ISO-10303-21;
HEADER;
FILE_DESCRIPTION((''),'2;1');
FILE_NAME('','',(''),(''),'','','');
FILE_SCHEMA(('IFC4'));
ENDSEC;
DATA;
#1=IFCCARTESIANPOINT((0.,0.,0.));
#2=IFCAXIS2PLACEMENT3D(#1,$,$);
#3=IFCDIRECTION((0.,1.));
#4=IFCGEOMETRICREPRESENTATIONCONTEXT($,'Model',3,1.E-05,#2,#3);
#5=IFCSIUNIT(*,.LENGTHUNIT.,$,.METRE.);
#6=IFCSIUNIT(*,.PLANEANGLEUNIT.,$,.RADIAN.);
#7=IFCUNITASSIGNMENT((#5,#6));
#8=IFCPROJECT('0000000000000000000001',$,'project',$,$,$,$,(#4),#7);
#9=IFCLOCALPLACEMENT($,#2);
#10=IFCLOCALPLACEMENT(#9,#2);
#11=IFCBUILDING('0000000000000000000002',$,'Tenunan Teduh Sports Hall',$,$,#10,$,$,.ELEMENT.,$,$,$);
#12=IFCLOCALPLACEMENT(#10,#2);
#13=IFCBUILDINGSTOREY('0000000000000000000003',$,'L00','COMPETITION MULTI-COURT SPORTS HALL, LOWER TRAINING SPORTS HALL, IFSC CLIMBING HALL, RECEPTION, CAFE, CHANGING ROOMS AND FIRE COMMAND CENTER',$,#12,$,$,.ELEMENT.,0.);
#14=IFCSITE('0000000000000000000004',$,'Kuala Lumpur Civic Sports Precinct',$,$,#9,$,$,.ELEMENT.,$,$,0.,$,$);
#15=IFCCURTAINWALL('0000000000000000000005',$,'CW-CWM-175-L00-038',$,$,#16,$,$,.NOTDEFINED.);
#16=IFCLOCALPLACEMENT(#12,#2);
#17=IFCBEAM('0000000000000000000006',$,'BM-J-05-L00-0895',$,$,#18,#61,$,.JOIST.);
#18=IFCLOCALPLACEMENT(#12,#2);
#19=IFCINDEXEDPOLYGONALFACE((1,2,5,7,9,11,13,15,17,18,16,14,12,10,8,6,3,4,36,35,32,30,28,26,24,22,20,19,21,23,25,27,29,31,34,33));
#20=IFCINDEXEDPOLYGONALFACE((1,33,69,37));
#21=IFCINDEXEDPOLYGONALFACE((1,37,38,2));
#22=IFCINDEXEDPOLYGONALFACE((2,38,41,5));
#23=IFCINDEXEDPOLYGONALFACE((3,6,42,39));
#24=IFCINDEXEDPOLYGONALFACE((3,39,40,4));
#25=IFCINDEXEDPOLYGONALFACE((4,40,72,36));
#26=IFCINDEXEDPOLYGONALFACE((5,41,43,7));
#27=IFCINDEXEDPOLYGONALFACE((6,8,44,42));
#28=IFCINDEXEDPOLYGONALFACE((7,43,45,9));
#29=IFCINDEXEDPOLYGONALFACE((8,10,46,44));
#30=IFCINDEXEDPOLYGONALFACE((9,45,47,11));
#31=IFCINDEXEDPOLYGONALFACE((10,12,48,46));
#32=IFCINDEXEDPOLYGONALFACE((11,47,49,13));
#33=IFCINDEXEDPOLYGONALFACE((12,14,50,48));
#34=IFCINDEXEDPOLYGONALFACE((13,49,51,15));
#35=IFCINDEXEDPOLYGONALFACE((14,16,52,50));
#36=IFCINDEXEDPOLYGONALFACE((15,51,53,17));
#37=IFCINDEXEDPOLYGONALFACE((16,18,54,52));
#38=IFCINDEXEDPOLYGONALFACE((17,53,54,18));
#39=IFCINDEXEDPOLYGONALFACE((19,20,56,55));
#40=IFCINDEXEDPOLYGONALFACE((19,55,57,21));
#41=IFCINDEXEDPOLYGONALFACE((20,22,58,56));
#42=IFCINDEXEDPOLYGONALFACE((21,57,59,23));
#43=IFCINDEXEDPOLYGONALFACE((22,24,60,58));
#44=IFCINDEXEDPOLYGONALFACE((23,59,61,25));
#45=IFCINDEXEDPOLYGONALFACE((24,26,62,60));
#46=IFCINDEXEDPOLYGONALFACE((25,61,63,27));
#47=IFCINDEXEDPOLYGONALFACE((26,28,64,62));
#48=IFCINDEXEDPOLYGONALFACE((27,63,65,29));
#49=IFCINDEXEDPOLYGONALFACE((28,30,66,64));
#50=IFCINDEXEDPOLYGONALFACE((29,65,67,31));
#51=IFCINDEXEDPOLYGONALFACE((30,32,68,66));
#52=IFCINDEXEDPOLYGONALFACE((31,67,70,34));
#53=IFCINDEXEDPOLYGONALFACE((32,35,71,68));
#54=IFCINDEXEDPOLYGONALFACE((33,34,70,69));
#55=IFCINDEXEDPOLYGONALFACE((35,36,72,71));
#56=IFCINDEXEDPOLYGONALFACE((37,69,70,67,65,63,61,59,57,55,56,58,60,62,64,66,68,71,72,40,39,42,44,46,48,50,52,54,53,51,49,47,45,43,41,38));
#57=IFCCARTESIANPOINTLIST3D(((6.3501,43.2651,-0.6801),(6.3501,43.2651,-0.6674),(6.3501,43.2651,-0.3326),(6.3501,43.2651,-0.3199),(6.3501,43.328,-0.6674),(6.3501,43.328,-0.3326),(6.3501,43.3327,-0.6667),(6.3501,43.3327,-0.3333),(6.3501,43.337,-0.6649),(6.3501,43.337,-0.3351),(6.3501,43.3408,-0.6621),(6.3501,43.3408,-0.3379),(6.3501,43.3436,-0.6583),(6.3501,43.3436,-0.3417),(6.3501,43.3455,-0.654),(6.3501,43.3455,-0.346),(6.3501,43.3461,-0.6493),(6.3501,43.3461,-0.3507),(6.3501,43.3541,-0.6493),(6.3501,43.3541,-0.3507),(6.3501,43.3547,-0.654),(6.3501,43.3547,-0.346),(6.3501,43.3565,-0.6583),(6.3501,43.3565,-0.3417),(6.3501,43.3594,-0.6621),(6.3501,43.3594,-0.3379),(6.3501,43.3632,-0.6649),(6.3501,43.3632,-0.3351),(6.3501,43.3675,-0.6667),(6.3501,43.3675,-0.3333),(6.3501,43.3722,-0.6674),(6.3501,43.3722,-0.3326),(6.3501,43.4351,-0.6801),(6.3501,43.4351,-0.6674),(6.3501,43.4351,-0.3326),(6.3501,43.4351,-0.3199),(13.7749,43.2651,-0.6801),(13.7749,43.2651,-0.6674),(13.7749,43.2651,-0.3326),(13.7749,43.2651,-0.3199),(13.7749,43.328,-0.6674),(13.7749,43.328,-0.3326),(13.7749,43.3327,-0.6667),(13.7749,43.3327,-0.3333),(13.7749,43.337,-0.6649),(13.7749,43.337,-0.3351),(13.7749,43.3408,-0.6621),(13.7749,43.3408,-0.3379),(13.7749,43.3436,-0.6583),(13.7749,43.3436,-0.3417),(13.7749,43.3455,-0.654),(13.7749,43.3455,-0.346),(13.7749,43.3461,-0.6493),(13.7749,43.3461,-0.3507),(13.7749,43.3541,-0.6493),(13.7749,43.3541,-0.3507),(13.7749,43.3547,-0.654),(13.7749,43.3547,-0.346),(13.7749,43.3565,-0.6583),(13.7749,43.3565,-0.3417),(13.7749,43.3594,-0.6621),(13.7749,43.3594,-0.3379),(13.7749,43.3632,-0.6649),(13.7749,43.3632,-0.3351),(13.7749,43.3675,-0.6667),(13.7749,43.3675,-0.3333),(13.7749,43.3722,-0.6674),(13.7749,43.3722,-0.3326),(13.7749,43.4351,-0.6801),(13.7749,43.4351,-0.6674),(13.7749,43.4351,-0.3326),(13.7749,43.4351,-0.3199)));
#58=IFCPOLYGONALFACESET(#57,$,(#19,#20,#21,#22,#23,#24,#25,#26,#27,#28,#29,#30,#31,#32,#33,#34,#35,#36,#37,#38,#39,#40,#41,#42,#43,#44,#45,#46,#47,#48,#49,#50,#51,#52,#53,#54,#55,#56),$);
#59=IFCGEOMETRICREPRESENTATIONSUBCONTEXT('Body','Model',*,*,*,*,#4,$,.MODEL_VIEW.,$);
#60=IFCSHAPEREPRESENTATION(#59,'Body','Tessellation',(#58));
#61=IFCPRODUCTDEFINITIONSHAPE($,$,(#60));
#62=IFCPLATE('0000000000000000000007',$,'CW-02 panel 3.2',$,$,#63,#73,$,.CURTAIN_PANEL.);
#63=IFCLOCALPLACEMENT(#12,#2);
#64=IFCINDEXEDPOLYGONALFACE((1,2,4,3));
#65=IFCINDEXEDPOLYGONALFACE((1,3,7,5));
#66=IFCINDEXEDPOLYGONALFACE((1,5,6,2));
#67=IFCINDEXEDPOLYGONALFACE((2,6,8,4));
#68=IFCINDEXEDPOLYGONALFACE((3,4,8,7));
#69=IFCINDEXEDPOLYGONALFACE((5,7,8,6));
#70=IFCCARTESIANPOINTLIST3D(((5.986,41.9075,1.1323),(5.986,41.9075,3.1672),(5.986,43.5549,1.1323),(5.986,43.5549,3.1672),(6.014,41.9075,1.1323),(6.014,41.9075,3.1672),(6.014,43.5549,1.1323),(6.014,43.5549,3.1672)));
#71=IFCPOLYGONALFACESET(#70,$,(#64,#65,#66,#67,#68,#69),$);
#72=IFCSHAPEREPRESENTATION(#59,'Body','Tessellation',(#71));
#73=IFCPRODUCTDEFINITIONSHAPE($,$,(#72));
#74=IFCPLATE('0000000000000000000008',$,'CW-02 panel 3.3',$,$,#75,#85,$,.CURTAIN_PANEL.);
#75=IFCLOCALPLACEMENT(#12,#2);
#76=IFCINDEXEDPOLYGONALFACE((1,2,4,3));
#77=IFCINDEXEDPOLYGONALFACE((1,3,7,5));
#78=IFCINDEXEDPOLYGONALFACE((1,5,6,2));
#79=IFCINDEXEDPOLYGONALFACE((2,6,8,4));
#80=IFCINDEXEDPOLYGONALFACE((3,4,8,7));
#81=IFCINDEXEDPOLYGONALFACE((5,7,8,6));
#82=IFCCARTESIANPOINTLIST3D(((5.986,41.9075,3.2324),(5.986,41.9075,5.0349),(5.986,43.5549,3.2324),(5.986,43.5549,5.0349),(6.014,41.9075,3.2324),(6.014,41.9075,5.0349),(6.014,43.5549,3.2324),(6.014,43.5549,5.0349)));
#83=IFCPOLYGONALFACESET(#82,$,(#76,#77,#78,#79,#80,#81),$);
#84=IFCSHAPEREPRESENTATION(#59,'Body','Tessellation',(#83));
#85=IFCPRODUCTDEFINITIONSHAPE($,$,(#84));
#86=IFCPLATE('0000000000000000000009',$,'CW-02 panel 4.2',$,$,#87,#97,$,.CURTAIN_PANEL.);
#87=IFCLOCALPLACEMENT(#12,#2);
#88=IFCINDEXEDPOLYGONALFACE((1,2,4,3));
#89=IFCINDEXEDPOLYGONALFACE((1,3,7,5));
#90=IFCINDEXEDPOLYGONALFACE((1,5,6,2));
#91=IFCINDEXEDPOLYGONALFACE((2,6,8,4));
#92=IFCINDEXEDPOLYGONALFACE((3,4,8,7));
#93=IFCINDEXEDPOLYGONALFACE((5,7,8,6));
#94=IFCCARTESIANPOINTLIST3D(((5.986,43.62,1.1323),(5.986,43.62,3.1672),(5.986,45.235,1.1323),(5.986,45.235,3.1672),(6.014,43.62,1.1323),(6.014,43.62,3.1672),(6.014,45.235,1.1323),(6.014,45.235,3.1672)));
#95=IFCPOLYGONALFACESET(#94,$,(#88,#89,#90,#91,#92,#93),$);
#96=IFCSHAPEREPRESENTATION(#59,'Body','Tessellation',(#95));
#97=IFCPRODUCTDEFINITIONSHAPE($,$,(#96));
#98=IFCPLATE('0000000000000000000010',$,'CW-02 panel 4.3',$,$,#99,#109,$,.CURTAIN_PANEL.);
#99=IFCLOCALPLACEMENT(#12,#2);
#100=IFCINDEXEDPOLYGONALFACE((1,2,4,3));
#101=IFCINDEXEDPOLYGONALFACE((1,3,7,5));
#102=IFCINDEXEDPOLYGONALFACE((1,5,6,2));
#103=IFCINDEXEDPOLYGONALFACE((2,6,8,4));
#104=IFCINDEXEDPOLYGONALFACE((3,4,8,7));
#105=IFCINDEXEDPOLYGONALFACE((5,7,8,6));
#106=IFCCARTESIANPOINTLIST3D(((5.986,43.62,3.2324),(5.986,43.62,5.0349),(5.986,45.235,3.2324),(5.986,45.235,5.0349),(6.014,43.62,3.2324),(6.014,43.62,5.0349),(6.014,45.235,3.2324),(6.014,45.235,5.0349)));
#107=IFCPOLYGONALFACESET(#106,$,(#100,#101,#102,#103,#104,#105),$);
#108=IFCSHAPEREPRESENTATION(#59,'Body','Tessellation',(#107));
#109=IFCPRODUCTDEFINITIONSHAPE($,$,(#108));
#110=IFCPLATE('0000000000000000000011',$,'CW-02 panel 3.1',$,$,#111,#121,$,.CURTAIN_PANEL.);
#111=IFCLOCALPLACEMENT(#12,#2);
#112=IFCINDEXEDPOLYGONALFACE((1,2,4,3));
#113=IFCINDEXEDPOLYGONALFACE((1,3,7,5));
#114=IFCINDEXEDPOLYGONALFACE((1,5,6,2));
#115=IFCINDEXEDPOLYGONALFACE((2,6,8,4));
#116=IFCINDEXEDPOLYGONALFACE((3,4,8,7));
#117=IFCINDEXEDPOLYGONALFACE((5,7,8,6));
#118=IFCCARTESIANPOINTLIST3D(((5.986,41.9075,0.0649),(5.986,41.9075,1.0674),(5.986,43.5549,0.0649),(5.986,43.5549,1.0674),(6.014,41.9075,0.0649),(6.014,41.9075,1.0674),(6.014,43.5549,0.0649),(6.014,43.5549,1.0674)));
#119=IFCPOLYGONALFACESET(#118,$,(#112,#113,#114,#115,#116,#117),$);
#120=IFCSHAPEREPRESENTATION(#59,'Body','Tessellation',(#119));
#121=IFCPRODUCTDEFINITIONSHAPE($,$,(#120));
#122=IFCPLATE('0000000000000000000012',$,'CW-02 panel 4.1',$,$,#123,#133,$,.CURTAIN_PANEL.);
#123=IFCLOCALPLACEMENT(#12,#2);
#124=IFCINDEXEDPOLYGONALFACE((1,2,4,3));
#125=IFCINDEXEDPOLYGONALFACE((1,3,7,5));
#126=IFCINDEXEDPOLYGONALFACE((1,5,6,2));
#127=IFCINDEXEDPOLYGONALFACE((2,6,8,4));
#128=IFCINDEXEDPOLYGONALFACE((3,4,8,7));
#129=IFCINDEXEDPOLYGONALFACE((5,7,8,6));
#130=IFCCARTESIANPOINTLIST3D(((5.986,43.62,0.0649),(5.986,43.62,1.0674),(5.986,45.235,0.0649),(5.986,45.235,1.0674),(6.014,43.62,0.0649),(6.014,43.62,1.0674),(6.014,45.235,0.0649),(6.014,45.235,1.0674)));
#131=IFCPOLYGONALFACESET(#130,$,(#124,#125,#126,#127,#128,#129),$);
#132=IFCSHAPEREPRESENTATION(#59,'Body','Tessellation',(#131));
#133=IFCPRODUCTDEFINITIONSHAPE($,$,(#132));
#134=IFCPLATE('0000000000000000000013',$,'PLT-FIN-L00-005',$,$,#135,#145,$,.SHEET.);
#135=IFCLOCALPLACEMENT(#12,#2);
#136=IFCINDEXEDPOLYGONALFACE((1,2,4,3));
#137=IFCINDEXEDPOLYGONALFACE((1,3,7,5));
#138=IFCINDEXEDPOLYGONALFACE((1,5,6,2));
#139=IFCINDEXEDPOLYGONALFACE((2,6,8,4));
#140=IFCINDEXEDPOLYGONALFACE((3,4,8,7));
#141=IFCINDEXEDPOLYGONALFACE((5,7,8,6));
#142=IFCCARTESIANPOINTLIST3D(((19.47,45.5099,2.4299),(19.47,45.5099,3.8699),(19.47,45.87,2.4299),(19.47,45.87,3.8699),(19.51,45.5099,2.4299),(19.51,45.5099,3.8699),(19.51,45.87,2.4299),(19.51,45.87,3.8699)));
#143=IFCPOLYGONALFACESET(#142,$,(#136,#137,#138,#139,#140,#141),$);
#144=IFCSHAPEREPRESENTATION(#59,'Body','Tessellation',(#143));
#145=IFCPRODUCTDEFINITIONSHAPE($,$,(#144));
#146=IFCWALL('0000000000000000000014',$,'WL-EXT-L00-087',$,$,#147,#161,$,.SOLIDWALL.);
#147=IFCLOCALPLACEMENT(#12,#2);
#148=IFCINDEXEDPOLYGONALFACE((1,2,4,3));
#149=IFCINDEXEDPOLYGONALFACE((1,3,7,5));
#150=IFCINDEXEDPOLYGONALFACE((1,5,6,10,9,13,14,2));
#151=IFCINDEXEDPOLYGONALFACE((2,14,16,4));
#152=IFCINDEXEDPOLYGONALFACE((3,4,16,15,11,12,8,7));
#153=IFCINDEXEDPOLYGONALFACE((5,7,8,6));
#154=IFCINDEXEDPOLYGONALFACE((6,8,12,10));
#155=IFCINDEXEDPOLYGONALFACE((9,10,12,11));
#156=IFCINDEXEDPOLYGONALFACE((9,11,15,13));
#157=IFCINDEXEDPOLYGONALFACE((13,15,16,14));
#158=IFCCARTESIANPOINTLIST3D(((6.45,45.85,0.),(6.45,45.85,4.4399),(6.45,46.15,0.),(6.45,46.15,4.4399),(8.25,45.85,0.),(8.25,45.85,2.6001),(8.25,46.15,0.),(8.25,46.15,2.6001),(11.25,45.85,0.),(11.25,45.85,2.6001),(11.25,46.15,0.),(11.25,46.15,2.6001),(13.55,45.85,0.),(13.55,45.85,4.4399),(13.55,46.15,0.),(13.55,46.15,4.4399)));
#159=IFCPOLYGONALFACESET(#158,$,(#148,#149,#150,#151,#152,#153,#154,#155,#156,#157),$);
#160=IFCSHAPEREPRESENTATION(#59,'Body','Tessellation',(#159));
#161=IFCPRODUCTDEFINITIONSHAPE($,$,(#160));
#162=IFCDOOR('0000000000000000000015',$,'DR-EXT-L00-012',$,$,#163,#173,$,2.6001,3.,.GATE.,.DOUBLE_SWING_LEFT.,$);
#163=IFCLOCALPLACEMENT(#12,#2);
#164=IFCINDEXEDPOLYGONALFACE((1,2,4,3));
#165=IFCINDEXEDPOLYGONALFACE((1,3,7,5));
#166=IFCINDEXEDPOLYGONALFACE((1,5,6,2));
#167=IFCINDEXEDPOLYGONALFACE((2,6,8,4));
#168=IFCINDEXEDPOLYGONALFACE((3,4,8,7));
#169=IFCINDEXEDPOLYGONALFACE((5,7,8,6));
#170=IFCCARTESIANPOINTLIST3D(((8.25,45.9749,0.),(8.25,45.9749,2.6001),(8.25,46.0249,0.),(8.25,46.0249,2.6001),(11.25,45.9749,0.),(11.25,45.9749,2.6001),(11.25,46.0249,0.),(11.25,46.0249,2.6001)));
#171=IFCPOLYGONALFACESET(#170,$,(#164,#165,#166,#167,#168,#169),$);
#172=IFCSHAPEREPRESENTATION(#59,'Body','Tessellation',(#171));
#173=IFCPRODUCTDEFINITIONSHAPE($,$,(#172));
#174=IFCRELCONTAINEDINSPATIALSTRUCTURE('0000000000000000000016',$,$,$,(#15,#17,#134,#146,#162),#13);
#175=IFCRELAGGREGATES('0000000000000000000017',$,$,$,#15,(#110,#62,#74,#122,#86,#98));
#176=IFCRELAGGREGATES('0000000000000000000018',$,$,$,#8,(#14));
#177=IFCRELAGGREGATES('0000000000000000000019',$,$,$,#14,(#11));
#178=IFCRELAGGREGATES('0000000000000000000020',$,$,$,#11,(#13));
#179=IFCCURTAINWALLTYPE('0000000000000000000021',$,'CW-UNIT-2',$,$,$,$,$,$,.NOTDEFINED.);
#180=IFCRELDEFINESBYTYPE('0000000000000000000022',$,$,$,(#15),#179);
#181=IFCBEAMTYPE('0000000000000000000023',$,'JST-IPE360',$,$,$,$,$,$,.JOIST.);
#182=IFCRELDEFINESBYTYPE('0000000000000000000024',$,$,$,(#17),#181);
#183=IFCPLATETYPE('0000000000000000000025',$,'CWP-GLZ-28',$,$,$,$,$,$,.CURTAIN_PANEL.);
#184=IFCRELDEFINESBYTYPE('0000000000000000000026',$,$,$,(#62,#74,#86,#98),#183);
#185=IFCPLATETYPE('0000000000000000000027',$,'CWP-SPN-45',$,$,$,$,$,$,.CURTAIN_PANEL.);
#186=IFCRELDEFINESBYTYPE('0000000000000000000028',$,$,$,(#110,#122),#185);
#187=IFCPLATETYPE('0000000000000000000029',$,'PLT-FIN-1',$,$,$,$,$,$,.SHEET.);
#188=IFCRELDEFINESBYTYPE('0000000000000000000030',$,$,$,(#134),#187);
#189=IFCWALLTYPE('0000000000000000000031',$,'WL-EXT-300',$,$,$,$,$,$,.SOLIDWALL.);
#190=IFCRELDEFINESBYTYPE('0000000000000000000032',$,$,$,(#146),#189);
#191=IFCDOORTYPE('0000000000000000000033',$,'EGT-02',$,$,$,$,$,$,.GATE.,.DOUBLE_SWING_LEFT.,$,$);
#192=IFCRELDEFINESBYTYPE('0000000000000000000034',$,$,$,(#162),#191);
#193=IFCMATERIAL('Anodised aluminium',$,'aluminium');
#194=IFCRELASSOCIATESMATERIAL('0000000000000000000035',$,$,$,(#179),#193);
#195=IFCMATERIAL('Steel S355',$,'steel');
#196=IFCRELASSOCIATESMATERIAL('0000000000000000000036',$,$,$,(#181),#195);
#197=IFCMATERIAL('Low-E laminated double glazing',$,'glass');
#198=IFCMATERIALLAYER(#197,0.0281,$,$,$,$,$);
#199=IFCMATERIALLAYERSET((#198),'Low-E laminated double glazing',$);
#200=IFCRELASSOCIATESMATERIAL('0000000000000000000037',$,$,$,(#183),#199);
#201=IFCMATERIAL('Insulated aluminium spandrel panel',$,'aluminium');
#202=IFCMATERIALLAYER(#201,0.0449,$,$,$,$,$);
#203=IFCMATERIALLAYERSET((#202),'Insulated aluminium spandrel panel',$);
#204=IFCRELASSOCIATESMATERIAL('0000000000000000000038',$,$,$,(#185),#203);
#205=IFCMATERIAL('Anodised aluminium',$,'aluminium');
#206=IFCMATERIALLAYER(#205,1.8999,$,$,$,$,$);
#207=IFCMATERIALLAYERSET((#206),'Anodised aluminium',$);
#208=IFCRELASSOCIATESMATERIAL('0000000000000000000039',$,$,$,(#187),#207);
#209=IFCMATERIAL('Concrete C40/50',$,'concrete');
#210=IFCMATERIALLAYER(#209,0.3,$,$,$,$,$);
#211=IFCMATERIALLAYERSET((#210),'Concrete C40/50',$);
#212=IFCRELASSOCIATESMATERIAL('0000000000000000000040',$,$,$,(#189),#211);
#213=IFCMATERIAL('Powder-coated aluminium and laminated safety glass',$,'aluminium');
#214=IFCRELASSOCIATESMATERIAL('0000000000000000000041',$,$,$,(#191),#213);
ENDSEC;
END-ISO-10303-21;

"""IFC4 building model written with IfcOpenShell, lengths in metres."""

from ifc_helpers import new_model, si_unit, direction, frame, frame_2d, origin, origin_2d, place, context, subcontext, project, spatial, rectangle, i_section, extrude, material, layer, layer_set, material_profile, profile_set, type_object, element, fill, aggregate, save


model = new_model("IFC4")

# Units and contexts
model_context = context("Model", 3, precision=1e-05, world=origin(), true_north=direction((0.0, 1.0)))
body_context = subcontext(model_context, "Body", "Model", "MODEL_VIEW")
ifc_project = project(units=[si_unit("LENGTHUNIT", "METRE"), si_unit("PLANEANGLEUNIT", "RADIAN")], contexts=[model_context])

# Site, building, storey
site_placement = place(None, origin())
site = spatial("IfcSite", under=ifc_project, at=site_placement, Name="Kuala Lumpur Civic Sports Precinct", CompositionType="ELEMENT", RefElevation=0.0)
building_placement = place(site_placement, origin())
building = spatial("IfcBuilding", under=site, at=building_placement, Name="Tenunan Teduh Sports Hall", CompositionType="ELEMENT")
storey_placement = place(building_placement, origin())
storey = spatial("IfcBuildingStorey", under=building, at=storey_placement, Name="L00", Description="COMPETITION MULTI-COURT SPORTS HALL, LOWER TRAINING SPORTS HALL, IFSC CLIMBING HALL, RECEPTION, CAFE, CHANGING ROOMS AND FIRE COMMAND CENTER", CompositionType="ELEMENT", Elevation=0.0)

# Curtain wall
ifc_material_1 = material(Name="Anodised aluminium", Category="aluminium")
curtain_wall_type = type_object("IfcCurtainWallType", Name="CW-UNIT-2", PredefinedType="NOTDEFINED", material=ifc_material_1)
curtain_wall_placement = place(storey_placement, origin())
curtain_wall = element("IfcCurtainWall", 1, at=curtain_wall_placement, inside=storey, type_object=curtain_wall_type, Name="CW-CWM-175-L00-038", PredefinedType="NOTDEFINED")

# Beam
ifc_material_2 = material(Name="Steel S355", Category="steel")
ifc_material_profile_1 = material_profile(ifc_material_2, i_section(OverallWidth=0.1699, OverallDepth=0.3601, WebThickness=0.0081, FlangeThickness=0.0127, FilletRadius=0.0181, at=origin_2d()), Name="IPE 360")
ifc_profile_set_1 = profile_set([ifc_material_profile_1], Name="Steel S355")
beam_type_1 = type_object("IfcBeamType", Name="JST-IPE360", PredefinedType="JOIST", material=ifc_profile_set_1)
beam_1_placement = place(storey_placement, frame((6.3501, 43.3501, -0.5), z_axis=(1.0, 0.0, 0.0), x_axis=(0.0, 1.0, 0.0)))
element("IfcBeam", 2, at=beam_1_placement, inside=storey, type_object=beam_type_1, Name="BM-J-05-L00-0895", PredefinedType="JOIST", context=body_context, shape_type="SweptSolid", body=[
    extrude(i_section(OverallWidth=0.1699, OverallDepth=0.3601, WebThickness=0.0081, FlangeThickness=0.0127, FilletRadius=0.0181, at=origin_2d()), origin(), (0.0, 0.0, 1.0), 7.4248),
])

# Plates
ifc_material_3 = material(Name="Low-E laminated double glazing", Category="glass")
ifc_layer_1 = layer(ifc_material_3, 0.0281)
ifc_layer_set_1 = layer_set([ifc_layer_1], Name="Low-E laminated double glazing")
plate_type_1 = type_object("IfcPlateType", Name="CWP-GLZ-28", PredefinedType="CURTAIN_PANEL", material=ifc_layer_set_1)
plate_1_placement = place(storey_placement, frame((6.0, 42.7312, 1.1323), z_axis=(0.0, 0.0, 1.0), x_axis=(0.0, 1.0, 0.0)))
plate_1 = element("IfcPlate", 3, at=plate_1_placement, type_object=plate_type_1, Name="CW-02 panel 3.2", PredefinedType="CURTAIN_PANEL", context=body_context, shape_type="SweptSolid", body=[
    extrude(rectangle(XDim=1.6475, YDim=0.0281, at=origin_2d()), origin(), (0.0, 0.0, 1.0), 2.0349),
])
plate_2_placement = place(storey_placement, frame((6.0, 42.7312, 3.2324), z_axis=(0.0, 0.0, 1.0), x_axis=(0.0, 1.0, 0.0)))
plate_2 = element("IfcPlate", 4, at=plate_2_placement, type_object=plate_type_1, Name="CW-02 panel 3.3", PredefinedType="CURTAIN_PANEL", context=body_context, shape_type="SweptSolid", body=[
    extrude(rectangle(XDim=1.6475, YDim=0.0281, at=origin_2d()), origin(), (0.0, 0.0, 1.0), 1.8025),
])
plate_3_placement = place(storey_placement, frame((6.0, 44.4275, 1.1323), z_axis=(0.0, 0.0, 1.0), x_axis=(0.0, 1.0, 0.0)))
plate_3 = element("IfcPlate", 5, at=plate_3_placement, type_object=plate_type_1, Name="CW-02 panel 4.2", PredefinedType="CURTAIN_PANEL", context=body_context, shape_type="SweptSolid", body=[
    extrude(rectangle(XDim=1.615, YDim=0.0281, at=origin_2d()), origin(), (0.0, 0.0, 1.0), 2.0349),
])
plate_4_placement = place(storey_placement, frame((6.0, 44.4275, 3.2324), z_axis=(0.0, 0.0, 1.0), x_axis=(0.0, 1.0, 0.0)))
plate_4 = element("IfcPlate", 6, at=plate_4_placement, type_object=plate_type_1, Name="CW-02 panel 4.3", PredefinedType="CURTAIN_PANEL", context=body_context, shape_type="SweptSolid", body=[
    extrude(rectangle(XDim=1.615, YDim=0.0281, at=origin_2d()), origin(), (0.0, 0.0, 1.0), 1.8025),
])
ifc_material_4 = material(Name="Insulated aluminium spandrel panel", Category="aluminium")
ifc_layer_2 = layer(ifc_material_4, 0.0449)
ifc_layer_set_2 = layer_set([ifc_layer_2], Name="Insulated aluminium spandrel panel")
plate_type_2 = type_object("IfcPlateType", Name="CWP-SPN-45", PredefinedType="CURTAIN_PANEL", material=ifc_layer_set_2)
plate_5_placement = place(storey_placement, frame((6.0, 42.7312, 0.0649), z_axis=(0.0, 0.0, 1.0), x_axis=(0.0, 1.0, 0.0)))
plate_5 = element("IfcPlate", 7, at=plate_5_placement, type_object=plate_type_2, Name="CW-02 panel 3.1", PredefinedType="CURTAIN_PANEL", context=body_context, shape_type="SweptSolid", body=[
    extrude(rectangle(XDim=1.6475, YDim=0.0281, at=origin_2d()), origin(), (0.0, 0.0, 1.0), 1.0024),
])
plate_6_placement = place(storey_placement, frame((6.0, 44.4275, 0.0649), z_axis=(0.0, 0.0, 1.0), x_axis=(0.0, 1.0, 0.0)))
plate_6 = element("IfcPlate", 8, at=plate_6_placement, type_object=plate_type_2, Name="CW-02 panel 4.1", PredefinedType="CURTAIN_PANEL", context=body_context, shape_type="SweptSolid", body=[
    extrude(rectangle(XDim=1.615, YDim=0.0281, at=origin_2d()), origin(), (0.0, 0.0, 1.0), 1.0024),
])
aggregate(curtain_wall, [plate_5, plate_1, plate_2, plate_6, plate_3, plate_4])
ifc_material_5 = material(Name="Anodised aluminium", Category="aluminium")
ifc_layer_3 = layer(ifc_material_5, 1.8999)
ifc_layer_set_3 = layer_set([ifc_layer_3], Name="Anodised aluminium")
plate_type_3 = type_object("IfcPlateType", Name="PLT-FIN-1", PredefinedType="SHEET", material=ifc_layer_set_3)
plate_7_placement = place(storey_placement, frame((19.49, 45.6899, 2.4299), z_axis=(0.0, 0.0, 1.0), x_axis=(1.0, 0.0, 0.0)))
element("IfcPlate", 9, at=plate_7_placement, inside=storey, type_object=plate_type_3, Name="PLT-FIN-L00-005", PredefinedType="SHEET", context=body_context, shape_type="SweptSolid", body=[
    extrude(rectangle(XDim=0.04, YDim=0.3601, at=origin_2d()), origin(), (0.0, 0.0, 1.0), 1.4399),
])

# Wall, opening, door
ifc_material_6 = material(Name="Concrete C40/50", Category="concrete")
ifc_layer_4 = layer(ifc_material_6, 0.3)
ifc_layer_set_4 = layer_set([ifc_layer_4], Name="Concrete C40/50")
wall_type = type_object("IfcWallType", Name="WL-EXT-300", PredefinedType="SOLIDWALL", material=ifc_layer_set_4)
wall_placement = place(storey_placement, frame((6.45, 46.0, 0.0), z_axis=(0.0, 0.0, 1.0), x_axis=(1.0, 0.0, 0.0)))
wall = element("IfcWall", 10, at=wall_placement, inside=storey, type_object=wall_type, Name="WL-EXT-L00-087", PredefinedType="SOLIDWALL", context=body_context, shape_type="SweptSolid", body=[
    extrude(rectangle(XDim=7.1001, YDim=0.3, at=frame_2d((3.55, 0.0))), origin(), (0.0, 0.0, 1.0), 4.4399),
])
opening_placement = place(wall_placement, frame((1.8, 0.0, 0.0)))
opening = element("IfcOpeningElement", 11, at=opening_placement, cuts=wall, PredefinedType="OPENING", context=body_context, shape_type="SweptSolid", body=[
    extrude(rectangle(XDim=3.0, YDim=2.6001, at=frame_2d((1.5, 1.3))), frame((0.0, 0.1599, 0.0), z_axis=(0.0, -1.0, 0.0), x_axis=(1.0, 0.0, 0.0)), (0.0, 0.0, 1.0), 0.3201),
])
ifc_material_7 = material(Name="Powder-coated aluminium and laminated safety glass", Category="aluminium")
door_type = type_object("IfcDoorType", Name="EGT-02", OperationType="DOUBLE_SWING_LEFT", PredefinedType="GATE", material=ifc_material_7)
door_placement = place(opening_placement, origin())
door = element("IfcDoor", 12, at=door_placement, inside=storey, type_object=door_type, Name="DR-EXT-L00-012", OperationType="DOUBLE_SWING_LEFT", OverallHeight=2.6001, OverallWidth=3.0, PredefinedType="GATE", context=body_context, shape_type="SweptSolid", body=[
    extrude(rectangle(XDim=3.0, YDim=2.6001, at=frame_2d((1.5, 1.3))), frame((0.0, 0.0249, 0.0), z_axis=(0.0, -1.0, 0.0), x_axis=(1.0, 0.0, 0.0)), (0.0, 0.0, 1.0), 0.05),
])
fill(opening, door)

save(model, "model.ifc")
